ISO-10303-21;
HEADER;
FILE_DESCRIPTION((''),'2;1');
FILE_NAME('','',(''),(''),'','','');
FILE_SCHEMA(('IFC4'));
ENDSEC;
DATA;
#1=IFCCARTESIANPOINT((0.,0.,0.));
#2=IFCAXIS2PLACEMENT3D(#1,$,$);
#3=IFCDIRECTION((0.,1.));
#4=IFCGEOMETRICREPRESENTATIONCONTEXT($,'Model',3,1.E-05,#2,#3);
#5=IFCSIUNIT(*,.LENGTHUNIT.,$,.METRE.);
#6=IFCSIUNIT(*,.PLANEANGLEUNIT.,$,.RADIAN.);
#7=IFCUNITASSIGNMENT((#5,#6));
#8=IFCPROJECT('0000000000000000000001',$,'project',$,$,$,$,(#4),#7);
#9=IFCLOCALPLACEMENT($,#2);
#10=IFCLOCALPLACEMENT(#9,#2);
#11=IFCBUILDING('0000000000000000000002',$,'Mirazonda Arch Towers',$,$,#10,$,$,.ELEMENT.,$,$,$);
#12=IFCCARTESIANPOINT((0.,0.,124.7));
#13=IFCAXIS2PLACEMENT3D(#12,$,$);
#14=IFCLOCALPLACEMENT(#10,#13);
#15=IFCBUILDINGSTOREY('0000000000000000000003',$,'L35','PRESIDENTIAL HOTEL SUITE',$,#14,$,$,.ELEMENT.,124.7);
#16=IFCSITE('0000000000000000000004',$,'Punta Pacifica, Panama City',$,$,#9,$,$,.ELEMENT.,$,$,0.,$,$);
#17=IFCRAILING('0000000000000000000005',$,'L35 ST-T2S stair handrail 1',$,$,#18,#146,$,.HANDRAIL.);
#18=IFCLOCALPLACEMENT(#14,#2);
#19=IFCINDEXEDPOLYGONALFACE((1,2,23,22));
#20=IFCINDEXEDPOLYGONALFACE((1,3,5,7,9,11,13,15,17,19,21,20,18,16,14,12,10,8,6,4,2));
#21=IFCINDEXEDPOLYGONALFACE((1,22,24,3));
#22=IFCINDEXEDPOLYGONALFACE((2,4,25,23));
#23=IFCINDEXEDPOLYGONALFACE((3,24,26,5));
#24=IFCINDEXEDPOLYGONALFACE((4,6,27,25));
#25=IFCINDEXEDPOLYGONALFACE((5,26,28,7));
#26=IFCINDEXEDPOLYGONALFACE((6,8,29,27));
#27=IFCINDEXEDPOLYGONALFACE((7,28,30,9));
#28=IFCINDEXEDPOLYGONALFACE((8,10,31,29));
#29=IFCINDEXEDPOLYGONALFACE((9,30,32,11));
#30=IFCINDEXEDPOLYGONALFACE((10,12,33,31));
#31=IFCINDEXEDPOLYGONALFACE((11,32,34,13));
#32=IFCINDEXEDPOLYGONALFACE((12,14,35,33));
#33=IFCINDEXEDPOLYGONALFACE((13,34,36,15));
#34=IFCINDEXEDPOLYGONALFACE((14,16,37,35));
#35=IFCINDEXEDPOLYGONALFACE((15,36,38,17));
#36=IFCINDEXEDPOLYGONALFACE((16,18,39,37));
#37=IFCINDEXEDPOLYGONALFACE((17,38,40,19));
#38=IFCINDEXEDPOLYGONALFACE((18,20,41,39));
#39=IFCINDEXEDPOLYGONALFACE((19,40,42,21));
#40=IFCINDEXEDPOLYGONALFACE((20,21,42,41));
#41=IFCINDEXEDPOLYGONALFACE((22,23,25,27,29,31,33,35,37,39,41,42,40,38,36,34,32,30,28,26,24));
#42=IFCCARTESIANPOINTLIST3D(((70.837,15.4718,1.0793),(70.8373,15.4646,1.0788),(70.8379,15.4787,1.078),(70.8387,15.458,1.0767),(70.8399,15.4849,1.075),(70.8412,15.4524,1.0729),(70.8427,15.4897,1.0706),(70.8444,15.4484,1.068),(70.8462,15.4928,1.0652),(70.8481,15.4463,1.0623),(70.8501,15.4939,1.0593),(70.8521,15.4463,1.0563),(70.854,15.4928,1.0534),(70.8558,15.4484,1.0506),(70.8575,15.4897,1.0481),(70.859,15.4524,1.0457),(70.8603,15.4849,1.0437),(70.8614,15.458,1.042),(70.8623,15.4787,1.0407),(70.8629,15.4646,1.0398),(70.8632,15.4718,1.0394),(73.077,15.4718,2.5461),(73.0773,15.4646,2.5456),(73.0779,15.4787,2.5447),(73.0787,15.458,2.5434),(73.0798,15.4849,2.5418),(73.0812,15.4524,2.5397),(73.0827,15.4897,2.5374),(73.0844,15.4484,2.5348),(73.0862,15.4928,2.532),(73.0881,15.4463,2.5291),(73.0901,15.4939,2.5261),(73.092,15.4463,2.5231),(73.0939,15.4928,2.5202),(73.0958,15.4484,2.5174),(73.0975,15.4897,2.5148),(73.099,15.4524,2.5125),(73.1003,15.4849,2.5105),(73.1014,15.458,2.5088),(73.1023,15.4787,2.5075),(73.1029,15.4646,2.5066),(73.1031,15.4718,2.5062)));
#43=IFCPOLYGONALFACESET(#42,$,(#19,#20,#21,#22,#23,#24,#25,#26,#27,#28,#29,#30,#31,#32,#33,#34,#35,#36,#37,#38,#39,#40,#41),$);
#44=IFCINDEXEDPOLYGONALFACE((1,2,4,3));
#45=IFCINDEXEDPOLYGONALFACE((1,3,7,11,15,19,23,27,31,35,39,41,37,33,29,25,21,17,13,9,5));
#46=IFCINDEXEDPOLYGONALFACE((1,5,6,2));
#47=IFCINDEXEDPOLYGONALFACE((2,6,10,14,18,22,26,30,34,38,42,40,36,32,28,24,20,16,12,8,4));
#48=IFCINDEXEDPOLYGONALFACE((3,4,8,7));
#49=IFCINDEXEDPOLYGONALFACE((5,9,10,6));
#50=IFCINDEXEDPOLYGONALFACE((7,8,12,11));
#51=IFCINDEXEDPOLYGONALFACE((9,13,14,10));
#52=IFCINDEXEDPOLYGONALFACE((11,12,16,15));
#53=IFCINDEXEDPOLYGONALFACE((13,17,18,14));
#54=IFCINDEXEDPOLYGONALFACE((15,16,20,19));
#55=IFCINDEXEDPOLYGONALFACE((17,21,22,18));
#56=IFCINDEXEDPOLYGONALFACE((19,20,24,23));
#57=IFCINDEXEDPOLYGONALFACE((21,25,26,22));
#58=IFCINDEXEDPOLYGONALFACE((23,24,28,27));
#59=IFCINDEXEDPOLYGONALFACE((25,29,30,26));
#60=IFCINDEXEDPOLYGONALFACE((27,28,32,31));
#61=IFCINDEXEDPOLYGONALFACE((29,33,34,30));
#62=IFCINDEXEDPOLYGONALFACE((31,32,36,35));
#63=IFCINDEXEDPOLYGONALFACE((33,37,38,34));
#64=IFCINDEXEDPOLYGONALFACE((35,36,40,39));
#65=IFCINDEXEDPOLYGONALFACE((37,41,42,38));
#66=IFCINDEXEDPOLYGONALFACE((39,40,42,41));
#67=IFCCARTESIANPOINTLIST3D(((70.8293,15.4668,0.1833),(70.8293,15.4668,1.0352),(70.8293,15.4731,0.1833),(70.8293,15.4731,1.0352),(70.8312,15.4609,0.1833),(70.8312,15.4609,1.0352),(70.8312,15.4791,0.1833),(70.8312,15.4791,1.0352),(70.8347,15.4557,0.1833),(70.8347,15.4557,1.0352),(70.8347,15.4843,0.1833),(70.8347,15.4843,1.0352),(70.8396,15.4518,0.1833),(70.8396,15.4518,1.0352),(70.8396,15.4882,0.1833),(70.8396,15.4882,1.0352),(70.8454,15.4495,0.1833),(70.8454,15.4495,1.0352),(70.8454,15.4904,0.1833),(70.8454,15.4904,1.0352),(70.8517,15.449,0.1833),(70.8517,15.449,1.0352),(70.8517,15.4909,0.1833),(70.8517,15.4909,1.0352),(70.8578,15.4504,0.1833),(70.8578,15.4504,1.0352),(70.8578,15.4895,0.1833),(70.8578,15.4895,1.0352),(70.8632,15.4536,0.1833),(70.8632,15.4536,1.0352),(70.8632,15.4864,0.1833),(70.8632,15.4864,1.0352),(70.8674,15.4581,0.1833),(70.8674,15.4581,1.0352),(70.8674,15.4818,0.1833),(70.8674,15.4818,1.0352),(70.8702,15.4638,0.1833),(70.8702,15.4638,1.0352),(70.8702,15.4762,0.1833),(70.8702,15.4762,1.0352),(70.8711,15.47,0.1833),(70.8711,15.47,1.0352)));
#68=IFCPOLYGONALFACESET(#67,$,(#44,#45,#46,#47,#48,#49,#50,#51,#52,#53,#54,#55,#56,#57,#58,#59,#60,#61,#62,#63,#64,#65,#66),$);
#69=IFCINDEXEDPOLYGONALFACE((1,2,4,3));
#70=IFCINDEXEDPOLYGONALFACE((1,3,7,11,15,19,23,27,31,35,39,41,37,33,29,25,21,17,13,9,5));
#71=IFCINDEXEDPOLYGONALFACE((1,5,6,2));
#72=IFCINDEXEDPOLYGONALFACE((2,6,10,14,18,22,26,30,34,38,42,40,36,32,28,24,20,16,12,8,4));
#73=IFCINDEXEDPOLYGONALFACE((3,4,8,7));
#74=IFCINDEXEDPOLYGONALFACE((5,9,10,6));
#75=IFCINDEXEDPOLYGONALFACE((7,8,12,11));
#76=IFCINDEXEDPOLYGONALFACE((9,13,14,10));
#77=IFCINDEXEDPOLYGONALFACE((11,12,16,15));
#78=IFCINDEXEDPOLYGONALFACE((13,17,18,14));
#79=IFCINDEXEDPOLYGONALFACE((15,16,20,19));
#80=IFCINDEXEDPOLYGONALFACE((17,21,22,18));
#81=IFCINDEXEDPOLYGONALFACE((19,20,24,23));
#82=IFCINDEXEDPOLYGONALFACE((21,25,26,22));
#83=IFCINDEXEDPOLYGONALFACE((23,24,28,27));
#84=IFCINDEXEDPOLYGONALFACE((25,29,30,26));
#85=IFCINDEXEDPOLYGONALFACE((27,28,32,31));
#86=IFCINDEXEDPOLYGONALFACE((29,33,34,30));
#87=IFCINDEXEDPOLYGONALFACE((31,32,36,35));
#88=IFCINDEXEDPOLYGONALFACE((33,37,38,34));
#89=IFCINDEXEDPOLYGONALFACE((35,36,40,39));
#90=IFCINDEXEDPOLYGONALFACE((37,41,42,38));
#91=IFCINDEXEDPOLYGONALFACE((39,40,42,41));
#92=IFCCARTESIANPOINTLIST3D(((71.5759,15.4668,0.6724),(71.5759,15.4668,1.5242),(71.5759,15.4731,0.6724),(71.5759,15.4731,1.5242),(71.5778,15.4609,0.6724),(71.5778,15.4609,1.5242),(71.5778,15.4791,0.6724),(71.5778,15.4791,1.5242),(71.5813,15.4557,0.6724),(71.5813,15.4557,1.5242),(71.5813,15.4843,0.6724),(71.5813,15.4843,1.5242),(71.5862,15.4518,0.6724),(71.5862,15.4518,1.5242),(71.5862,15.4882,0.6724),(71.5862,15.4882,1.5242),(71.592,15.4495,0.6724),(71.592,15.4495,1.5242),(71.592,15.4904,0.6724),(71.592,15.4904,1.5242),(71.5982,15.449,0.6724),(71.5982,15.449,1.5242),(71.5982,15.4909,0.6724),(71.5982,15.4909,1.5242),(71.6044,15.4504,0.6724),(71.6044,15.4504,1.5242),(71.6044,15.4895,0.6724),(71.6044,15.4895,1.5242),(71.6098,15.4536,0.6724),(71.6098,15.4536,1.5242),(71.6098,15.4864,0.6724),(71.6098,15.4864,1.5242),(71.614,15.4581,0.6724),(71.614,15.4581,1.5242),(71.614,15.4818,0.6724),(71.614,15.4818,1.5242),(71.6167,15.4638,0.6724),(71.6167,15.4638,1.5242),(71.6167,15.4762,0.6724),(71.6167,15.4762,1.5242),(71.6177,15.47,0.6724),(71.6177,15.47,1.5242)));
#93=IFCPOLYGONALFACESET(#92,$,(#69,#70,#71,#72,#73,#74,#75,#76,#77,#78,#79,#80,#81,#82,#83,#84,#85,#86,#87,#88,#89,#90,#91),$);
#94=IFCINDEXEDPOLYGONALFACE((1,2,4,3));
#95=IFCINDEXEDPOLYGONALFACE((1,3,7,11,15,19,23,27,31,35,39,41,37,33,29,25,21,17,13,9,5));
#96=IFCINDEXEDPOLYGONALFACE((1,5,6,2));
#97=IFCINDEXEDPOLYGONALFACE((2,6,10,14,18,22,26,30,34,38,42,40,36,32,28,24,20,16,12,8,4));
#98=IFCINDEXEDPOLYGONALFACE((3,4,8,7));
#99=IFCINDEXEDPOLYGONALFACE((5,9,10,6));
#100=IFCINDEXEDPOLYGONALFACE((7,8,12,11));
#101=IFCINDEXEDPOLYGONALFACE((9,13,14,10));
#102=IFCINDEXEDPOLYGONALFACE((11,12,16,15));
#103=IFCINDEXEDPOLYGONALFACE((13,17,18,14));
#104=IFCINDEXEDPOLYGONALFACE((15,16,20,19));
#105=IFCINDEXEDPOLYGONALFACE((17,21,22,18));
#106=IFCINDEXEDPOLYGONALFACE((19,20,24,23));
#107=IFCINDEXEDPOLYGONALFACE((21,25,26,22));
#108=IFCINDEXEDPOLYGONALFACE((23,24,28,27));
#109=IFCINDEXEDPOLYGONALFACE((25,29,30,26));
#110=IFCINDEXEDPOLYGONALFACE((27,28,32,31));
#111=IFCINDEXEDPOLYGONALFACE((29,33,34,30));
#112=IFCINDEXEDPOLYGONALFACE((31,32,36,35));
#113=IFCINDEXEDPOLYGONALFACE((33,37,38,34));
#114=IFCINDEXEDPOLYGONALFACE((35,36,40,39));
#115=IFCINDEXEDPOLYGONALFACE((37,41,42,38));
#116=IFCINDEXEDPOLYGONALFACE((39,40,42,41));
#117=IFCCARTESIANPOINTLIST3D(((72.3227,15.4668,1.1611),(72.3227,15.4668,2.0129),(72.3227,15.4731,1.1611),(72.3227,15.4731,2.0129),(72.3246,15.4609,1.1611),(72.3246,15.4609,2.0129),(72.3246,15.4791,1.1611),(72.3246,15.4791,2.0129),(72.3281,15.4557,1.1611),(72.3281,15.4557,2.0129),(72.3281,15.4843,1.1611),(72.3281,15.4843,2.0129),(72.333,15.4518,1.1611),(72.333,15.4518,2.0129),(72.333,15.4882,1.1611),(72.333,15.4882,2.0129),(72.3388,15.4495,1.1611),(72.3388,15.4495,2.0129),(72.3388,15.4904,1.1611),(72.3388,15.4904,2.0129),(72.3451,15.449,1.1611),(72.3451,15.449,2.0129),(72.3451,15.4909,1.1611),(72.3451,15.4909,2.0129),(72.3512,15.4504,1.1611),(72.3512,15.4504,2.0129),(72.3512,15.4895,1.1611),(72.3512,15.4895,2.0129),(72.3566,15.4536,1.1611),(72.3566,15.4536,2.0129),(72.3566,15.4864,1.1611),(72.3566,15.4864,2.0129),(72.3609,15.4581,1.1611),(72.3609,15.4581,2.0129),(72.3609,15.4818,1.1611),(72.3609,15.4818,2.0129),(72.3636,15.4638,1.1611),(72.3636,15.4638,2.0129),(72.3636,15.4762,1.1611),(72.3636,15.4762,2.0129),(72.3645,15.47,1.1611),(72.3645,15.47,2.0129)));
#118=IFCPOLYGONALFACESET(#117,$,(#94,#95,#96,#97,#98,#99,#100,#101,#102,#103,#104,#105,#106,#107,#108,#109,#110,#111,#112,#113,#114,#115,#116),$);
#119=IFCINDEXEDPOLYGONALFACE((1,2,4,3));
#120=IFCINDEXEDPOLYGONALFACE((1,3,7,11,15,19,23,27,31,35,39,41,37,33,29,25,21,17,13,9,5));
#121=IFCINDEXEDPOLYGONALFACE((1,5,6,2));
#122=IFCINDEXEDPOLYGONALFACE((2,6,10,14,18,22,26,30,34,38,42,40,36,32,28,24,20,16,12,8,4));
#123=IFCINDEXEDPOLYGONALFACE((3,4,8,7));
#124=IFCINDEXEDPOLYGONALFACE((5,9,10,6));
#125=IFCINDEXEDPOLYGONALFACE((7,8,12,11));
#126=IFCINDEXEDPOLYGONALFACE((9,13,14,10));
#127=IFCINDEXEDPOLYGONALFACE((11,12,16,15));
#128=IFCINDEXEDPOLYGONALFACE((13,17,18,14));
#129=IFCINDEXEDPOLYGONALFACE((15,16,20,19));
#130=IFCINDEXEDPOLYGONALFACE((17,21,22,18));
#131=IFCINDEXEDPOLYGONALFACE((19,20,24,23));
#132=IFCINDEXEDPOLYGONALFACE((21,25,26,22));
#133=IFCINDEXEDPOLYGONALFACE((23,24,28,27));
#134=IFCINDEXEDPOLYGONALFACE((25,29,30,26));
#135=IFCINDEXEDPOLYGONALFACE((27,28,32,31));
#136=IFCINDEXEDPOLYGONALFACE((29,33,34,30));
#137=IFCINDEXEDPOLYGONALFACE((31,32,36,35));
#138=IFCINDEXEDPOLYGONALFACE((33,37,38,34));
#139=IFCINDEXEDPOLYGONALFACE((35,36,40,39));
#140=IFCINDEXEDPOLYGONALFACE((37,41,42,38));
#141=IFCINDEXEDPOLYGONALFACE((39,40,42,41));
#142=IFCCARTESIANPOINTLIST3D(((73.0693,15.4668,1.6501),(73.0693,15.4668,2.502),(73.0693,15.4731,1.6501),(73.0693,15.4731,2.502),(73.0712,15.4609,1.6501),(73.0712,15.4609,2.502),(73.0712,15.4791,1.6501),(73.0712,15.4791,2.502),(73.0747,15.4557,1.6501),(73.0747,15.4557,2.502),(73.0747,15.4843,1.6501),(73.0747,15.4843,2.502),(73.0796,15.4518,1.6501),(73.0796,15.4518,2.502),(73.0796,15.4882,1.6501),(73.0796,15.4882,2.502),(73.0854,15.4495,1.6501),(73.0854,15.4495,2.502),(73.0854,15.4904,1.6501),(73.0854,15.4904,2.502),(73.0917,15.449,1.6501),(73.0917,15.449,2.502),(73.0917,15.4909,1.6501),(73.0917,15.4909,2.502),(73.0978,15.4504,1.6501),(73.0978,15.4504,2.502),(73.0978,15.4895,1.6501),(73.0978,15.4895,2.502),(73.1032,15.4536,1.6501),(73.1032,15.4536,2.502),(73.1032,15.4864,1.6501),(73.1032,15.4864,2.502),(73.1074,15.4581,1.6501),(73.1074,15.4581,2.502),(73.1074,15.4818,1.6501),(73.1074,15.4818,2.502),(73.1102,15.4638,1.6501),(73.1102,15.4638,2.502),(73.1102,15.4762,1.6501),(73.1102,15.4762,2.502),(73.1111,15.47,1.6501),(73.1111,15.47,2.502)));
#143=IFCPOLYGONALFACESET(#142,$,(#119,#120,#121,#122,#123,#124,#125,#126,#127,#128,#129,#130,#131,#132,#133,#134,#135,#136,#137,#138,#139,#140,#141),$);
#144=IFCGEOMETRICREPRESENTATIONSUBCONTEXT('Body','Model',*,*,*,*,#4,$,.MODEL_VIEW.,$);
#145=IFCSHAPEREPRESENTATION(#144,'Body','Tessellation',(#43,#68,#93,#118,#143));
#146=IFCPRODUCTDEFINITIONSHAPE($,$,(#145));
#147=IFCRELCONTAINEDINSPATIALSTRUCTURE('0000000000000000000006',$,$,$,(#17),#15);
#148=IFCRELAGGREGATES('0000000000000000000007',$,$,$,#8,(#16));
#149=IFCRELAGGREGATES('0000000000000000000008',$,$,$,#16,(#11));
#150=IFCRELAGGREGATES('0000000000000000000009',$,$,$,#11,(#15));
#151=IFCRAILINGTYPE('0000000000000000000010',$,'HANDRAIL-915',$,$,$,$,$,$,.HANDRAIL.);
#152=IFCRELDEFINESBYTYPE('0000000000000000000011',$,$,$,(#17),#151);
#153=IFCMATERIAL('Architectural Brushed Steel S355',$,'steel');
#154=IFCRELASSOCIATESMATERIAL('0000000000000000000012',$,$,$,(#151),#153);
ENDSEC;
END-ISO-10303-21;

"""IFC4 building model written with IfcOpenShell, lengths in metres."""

from ifc_helpers import new_model, si_unit, direction, frame, origin, origin_2d, place, context, subcontext, project, spatial, circle, extrude, material, type_object, element, save


model = new_model("IFC4")

# Units and contexts
model_context = context("Model", 3, precision=1e-05, world=origin(), true_north=direction((0.0, 1.0)))
body_context = subcontext(model_context, "Body", "Model", "MODEL_VIEW")
ifc_project = project(units=[si_unit("LENGTHUNIT", "METRE"), si_unit("PLANEANGLEUNIT", "RADIAN")], contexts=[model_context])

# Site, building, storey
site_placement = place(None, origin())
site = spatial("IfcSite", under=ifc_project, at=site_placement, Name="Punta Pacifica, Panama City", CompositionType="ELEMENT", RefElevation=0.0)
building_placement = place(site_placement, origin())
building = spatial("IfcBuilding", under=site, at=building_placement, Name="Mirazonda Arch Towers", CompositionType="ELEMENT")
storey_placement = place(building_placement, frame((0.0, 0.0, 124.7)))
storey = spatial("IfcBuildingStorey", under=building, at=storey_placement, Name="L35", Description="PRESIDENTIAL HOTEL SUITE", CompositionType="ELEMENT", Elevation=124.7)

# Railing
ifc_material_1 = material(Name="Architectural Brushed Steel S355", Category="steel")
railing_type_1 = type_object("IfcRailingType", Name="HANDRAIL-915", PredefinedType="HANDRAIL", material=ifc_material_1)
railing_1_placement = place(storey_placement, frame((70.8501, 15.47, 0.1833)))
element("IfcRailing", 1, at=railing_1_placement, inside=storey, type_object=railing_type_1, Name="L35 ST-T2S stair handrail 1", PredefinedType="HANDRAIL", context=body_context, shape_type="SweptSolid", body=[
    extrude(circle(Radius=0.0239, at=origin_2d()), frame((0.0, 0.0, 0.876), z_axis=(0.836595, 0.0, 0.547822), x_axis=(0.0, 1.0, 0.0)), (0.0, 0.0, 1.0), 2.6775),
    extrude(circle(Radius=0.021, at=origin_2d()), origin(), (0.0, 0.0, 1.0), 0.8518),
    extrude(circle(Radius=0.021, at=origin_2d()), frame((0.7466, 0.0, 0.489)), (0.0, 0.0, 1.0), 0.8518),
    extrude(circle(Radius=0.021, at=origin_2d()), frame((1.4934, 0.0, 0.9778)), (0.0, 0.0, 1.0), 0.8518),
    extrude(circle(Radius=0.021, at=origin_2d()), frame((2.24, 0.0, 1.4668)), (0.0, 0.0, 1.0), 0.8518),
])

save(model, "model.ifc")
